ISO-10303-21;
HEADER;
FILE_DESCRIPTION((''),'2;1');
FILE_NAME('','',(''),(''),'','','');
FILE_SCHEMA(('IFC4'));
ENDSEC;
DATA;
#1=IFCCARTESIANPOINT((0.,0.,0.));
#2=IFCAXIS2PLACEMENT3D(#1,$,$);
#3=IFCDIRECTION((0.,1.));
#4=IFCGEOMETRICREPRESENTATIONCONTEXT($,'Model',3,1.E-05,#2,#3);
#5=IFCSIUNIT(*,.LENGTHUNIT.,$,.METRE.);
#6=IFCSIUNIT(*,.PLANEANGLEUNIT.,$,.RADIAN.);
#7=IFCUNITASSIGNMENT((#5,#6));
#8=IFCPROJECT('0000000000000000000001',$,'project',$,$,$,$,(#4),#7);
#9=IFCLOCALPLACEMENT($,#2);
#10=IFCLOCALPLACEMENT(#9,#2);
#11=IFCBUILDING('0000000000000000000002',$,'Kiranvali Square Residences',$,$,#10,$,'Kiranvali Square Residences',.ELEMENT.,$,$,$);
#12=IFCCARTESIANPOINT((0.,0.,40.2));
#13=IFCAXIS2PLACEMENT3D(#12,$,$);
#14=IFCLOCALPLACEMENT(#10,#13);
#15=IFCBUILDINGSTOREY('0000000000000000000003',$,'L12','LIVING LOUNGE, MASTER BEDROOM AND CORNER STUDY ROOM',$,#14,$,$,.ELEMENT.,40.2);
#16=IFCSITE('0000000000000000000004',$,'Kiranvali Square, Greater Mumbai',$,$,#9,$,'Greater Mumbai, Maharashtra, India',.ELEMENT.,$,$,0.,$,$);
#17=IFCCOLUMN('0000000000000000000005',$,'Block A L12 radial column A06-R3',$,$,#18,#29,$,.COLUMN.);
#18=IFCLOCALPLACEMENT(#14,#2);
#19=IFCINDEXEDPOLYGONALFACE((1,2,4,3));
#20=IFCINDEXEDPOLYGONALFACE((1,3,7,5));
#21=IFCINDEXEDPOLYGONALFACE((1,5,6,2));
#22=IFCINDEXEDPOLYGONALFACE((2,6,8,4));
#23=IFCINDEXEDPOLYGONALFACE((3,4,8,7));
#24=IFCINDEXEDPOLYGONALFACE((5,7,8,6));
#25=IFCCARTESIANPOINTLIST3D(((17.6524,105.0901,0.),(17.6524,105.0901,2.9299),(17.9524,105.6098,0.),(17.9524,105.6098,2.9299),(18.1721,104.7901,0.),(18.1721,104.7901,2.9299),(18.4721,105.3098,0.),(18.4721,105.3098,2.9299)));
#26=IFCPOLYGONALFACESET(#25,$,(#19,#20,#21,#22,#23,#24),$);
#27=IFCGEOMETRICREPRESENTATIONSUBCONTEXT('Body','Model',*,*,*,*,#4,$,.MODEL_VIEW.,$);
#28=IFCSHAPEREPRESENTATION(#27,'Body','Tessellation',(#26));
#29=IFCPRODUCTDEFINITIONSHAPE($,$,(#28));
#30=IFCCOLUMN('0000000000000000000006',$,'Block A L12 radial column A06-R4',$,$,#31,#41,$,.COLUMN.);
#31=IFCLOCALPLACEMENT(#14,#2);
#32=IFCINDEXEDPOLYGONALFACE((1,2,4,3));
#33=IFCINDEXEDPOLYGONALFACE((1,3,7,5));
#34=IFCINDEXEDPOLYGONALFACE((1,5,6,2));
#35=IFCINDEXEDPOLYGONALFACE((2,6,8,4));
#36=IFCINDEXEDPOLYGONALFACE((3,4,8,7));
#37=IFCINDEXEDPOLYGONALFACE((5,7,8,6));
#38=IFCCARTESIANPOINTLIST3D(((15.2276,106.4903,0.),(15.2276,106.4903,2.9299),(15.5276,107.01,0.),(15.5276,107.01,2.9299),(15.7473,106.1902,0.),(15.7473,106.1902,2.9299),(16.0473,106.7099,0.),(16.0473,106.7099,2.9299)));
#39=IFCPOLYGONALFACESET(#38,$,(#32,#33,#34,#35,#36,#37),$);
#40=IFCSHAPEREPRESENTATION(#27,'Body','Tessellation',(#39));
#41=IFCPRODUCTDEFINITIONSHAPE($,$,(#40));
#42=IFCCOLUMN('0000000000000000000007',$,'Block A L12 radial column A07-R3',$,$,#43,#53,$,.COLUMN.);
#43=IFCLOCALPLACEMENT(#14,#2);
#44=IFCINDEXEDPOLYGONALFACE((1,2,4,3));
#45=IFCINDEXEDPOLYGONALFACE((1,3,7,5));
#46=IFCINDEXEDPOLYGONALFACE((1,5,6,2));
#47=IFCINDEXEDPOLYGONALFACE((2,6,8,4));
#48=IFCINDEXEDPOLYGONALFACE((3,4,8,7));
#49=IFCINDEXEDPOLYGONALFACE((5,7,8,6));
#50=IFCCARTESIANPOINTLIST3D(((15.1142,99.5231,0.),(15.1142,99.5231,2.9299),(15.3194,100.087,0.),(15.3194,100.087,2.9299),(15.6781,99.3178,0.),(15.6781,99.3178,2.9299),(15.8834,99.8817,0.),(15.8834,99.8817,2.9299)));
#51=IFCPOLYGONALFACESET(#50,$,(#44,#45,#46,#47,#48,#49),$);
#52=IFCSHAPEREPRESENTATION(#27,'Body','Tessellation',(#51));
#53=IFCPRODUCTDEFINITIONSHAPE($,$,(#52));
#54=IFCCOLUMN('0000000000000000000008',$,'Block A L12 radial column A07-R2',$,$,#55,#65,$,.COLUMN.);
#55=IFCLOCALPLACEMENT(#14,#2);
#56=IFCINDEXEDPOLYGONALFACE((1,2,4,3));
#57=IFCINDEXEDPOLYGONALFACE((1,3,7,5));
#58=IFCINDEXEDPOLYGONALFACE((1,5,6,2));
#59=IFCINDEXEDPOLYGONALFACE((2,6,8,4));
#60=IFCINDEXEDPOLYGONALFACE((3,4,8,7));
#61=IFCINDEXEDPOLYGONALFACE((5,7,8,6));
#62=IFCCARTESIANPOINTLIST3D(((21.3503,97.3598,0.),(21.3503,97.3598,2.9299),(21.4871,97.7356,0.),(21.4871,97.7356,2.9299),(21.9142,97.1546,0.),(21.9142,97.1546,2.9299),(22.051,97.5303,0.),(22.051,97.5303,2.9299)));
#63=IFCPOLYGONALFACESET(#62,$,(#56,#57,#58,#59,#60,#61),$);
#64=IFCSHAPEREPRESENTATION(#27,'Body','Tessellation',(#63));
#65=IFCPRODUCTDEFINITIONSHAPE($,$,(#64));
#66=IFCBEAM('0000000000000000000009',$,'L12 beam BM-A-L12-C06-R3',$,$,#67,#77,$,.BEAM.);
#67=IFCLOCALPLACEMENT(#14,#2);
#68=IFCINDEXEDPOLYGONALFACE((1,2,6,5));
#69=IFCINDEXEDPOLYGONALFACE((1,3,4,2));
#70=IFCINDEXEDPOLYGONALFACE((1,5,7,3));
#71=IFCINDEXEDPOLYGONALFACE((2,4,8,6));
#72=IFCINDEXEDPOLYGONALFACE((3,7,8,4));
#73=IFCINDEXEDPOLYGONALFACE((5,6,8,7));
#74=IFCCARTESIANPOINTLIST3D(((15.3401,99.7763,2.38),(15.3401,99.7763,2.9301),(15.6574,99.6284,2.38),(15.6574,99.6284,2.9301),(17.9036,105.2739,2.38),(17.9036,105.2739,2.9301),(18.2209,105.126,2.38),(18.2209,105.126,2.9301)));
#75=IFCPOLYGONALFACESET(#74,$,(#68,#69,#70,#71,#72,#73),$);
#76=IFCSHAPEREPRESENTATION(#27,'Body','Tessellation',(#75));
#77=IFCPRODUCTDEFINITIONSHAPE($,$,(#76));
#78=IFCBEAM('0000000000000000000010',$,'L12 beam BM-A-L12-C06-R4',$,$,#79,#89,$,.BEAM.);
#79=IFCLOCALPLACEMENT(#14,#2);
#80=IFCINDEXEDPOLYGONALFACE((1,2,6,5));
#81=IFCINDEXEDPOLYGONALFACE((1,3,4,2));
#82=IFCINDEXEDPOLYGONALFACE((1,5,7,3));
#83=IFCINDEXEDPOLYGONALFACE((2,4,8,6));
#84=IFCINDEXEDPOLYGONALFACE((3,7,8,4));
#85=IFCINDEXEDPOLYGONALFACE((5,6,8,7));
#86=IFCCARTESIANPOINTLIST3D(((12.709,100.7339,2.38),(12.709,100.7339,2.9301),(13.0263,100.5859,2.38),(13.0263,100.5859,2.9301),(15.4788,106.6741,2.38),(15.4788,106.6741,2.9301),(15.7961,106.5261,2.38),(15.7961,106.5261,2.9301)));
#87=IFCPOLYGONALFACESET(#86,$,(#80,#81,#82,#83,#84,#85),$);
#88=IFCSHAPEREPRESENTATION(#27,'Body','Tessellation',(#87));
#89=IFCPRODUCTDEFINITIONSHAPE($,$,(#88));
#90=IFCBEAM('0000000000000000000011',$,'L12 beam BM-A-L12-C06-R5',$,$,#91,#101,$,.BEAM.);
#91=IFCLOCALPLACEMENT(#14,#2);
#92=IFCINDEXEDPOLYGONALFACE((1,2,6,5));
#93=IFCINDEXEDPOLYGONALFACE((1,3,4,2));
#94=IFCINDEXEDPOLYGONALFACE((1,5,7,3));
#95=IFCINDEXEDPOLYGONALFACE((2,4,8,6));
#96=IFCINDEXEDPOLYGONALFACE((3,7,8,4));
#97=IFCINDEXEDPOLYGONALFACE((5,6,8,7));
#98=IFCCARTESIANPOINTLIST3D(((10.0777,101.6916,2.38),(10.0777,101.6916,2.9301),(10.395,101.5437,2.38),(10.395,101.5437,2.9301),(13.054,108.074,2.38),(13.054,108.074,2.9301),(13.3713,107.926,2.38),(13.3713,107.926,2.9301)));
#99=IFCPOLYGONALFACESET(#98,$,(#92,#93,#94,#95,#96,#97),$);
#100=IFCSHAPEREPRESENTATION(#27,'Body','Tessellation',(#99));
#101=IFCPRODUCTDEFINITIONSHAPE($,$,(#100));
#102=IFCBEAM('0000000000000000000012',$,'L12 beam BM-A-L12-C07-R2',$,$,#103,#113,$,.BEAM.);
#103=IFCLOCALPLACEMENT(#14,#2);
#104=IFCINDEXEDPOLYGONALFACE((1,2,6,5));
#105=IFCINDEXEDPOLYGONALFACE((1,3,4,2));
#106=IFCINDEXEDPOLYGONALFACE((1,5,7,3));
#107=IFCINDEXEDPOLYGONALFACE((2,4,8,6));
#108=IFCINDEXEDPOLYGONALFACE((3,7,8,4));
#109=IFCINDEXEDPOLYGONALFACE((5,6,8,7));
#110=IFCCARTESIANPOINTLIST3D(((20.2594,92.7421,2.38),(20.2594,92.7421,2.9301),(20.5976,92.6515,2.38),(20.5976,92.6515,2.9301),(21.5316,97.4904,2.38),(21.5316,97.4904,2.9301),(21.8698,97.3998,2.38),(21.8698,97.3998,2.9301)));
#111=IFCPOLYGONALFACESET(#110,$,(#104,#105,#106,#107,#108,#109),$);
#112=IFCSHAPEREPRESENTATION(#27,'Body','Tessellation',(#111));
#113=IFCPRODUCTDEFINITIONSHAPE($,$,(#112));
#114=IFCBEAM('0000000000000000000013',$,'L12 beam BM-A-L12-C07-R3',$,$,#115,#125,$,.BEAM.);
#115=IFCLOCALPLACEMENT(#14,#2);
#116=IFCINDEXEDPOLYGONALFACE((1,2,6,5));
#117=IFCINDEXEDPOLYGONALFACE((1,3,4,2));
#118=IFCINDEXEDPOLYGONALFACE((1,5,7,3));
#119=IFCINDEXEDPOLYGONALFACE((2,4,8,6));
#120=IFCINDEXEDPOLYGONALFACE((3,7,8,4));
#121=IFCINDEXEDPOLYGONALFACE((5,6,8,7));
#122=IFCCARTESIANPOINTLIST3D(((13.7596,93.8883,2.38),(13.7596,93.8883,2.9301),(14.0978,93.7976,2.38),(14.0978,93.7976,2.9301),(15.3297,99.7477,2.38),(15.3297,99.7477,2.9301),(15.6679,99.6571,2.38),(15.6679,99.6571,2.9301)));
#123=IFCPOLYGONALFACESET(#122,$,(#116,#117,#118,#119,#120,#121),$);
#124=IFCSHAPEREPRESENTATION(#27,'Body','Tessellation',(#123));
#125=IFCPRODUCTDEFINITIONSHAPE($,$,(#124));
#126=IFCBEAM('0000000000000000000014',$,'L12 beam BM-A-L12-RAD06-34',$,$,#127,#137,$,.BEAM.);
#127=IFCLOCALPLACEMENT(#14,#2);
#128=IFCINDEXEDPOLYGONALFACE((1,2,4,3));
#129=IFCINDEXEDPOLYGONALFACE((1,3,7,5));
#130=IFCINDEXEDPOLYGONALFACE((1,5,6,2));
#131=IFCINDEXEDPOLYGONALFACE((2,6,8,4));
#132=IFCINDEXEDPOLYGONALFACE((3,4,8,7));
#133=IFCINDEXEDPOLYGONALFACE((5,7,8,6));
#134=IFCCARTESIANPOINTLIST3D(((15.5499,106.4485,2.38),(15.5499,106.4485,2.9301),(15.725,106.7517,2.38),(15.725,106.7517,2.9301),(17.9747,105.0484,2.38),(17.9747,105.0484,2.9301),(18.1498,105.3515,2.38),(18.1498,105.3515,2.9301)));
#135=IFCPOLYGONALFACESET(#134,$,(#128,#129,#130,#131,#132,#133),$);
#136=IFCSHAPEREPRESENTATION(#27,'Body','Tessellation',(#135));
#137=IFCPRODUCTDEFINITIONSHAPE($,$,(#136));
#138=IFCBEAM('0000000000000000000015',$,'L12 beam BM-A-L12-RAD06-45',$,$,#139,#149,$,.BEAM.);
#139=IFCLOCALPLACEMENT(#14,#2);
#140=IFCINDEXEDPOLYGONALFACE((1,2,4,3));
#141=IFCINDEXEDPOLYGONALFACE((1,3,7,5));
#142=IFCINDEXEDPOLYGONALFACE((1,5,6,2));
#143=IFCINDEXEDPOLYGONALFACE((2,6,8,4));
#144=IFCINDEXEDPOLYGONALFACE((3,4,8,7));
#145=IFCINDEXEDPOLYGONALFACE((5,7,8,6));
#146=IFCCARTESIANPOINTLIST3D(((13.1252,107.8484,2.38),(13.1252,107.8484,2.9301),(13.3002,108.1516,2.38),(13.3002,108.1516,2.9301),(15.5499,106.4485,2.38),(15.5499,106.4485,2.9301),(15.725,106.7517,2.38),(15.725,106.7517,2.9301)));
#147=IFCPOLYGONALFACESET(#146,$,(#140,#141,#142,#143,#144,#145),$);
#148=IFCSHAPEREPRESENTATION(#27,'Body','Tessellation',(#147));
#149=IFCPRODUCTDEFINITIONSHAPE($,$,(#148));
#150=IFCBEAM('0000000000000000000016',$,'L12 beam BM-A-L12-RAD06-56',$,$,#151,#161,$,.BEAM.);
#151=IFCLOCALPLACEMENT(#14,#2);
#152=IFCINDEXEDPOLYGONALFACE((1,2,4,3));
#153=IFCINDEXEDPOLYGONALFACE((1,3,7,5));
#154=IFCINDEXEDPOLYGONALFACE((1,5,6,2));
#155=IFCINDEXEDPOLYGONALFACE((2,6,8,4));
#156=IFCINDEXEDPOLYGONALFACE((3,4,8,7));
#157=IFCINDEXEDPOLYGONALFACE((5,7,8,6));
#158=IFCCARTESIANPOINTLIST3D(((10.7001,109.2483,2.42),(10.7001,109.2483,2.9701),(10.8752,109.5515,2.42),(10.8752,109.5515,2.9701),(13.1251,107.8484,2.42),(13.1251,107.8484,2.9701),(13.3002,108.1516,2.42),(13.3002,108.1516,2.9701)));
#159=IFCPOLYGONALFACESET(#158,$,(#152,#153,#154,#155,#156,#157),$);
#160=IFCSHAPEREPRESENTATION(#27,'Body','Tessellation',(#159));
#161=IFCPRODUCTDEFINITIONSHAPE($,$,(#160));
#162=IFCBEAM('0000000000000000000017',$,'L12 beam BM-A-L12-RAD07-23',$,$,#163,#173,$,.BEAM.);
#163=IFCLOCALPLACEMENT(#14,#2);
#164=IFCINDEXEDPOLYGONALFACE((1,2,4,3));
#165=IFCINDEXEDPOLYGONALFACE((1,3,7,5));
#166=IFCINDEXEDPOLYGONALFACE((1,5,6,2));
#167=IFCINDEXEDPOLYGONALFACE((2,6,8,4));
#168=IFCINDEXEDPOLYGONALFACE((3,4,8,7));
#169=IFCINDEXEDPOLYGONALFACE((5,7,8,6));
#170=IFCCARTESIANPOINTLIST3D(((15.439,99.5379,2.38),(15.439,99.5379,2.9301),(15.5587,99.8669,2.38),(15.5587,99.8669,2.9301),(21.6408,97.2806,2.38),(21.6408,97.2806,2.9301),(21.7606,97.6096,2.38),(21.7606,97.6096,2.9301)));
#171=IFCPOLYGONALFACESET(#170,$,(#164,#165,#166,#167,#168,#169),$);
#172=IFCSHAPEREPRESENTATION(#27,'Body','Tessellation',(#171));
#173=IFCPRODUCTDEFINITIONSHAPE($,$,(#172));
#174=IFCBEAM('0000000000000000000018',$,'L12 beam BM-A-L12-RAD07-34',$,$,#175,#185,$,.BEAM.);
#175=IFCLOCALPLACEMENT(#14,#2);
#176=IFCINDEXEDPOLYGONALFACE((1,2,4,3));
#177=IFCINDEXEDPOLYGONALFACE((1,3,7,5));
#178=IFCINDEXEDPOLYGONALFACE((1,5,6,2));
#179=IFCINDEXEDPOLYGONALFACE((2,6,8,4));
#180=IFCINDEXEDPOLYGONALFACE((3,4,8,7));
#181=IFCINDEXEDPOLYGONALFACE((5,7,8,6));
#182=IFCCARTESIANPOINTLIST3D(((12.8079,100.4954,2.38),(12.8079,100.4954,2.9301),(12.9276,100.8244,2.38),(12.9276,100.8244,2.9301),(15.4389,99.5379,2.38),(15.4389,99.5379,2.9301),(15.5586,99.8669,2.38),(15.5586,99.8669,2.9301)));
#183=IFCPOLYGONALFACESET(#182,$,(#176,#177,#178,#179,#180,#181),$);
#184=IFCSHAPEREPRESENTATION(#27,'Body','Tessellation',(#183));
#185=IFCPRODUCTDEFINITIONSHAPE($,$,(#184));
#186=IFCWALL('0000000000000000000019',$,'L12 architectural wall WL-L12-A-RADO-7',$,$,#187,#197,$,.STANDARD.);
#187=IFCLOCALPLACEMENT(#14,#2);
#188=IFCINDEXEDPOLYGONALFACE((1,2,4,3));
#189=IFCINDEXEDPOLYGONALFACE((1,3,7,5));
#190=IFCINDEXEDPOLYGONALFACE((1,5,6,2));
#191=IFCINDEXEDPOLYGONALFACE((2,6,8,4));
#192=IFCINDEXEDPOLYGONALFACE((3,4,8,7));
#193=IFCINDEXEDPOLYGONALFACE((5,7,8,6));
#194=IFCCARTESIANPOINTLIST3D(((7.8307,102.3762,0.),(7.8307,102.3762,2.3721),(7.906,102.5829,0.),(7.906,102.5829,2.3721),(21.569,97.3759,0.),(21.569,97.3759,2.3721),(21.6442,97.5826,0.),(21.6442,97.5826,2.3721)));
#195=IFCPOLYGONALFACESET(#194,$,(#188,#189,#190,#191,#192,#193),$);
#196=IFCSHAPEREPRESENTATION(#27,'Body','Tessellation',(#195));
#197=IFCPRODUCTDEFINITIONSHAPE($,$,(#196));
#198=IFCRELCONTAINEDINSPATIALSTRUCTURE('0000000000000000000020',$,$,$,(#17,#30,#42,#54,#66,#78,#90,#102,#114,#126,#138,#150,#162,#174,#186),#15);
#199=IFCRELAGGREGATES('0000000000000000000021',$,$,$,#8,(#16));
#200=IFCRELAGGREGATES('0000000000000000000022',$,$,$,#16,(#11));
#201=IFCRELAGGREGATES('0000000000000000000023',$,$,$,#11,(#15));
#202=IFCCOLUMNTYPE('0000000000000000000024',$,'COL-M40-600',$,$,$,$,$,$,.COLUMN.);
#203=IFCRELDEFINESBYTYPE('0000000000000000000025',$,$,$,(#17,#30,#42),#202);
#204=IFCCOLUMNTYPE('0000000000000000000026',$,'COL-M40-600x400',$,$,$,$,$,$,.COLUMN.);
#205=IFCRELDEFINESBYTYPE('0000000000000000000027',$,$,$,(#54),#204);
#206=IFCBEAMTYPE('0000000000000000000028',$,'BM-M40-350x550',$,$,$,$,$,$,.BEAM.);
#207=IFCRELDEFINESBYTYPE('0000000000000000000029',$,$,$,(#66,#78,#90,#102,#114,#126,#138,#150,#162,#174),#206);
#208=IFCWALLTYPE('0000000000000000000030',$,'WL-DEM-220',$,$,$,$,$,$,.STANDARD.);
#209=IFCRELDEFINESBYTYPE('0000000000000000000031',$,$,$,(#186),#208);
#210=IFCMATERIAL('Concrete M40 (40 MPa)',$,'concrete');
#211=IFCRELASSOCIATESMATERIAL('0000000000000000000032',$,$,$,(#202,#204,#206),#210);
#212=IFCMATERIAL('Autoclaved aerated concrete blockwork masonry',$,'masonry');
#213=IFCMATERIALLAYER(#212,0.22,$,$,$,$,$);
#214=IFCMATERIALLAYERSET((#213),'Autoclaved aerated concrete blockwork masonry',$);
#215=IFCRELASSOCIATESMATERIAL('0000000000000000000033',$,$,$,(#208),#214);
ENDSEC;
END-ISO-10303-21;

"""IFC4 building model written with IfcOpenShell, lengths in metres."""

from ifc_helpers import new_model, si_unit, direction, frame, frame_2d, origin, origin_2d, place, context, subcontext, project, spatial, rectangle, extrude, material, layer, layer_set, material_profile, profile_set, type_object, element, save


model = new_model("IFC4")

# Units and contexts
model_context = context("Model", 3, precision=1e-05, world=origin(), true_north=direction((0.0, 1.0)))
body_context = subcontext(model_context, "Body", "Model", "MODEL_VIEW")
ifc_project = project(units=[si_unit("LENGTHUNIT", "METRE"), si_unit("PLANEANGLEUNIT", "RADIAN")], contexts=[model_context])

# Site, building, storey
site_placement = place(None, origin())
site = spatial("IfcSite", under=ifc_project, at=site_placement, Name="Kiranvali Square, Greater Mumbai", LongName="Greater Mumbai, Maharashtra, India", CompositionType="ELEMENT", RefElevation=0.0)
building_placement = place(site_placement, origin())
building = spatial("IfcBuilding", under=site, at=building_placement, Name="Kiranvali Square Residences", LongName="Kiranvali Square Residences", CompositionType="ELEMENT")
storey_placement = place(building_placement, frame((0.0, 0.0, 40.2)))
storey = spatial("IfcBuildingStorey", under=building, at=storey_placement, Name="L12", Description="LIVING LOUNGE, MASTER BEDROOM AND CORNER STUDY ROOM", CompositionType="ELEMENT", Elevation=40.2)

# Columns
ifc_material_1 = material(Name="Concrete M40 (40 MPa)", Category="concrete")
ifc_material_profile_1 = material_profile(ifc_material_1, rectangle(XDim=0.6001, YDim=0.6001, at=origin_2d()), Name="RC 600x600")
ifc_profile_set_1 = profile_set([ifc_material_profile_1], Name="Concrete M40 (40 MPa)")
column_type_1 = type_object("IfcColumnType", Name="COL-M40-600", PredefinedType="COLUMN", material=ifc_profile_set_1)
for number, where, z_axis, x_axis, name in (
    (1, (18.0623, 105.2, 0.0), (0.0, 0.0, 1.0), (0.5, 0.866025, 0.0), "Block A L12 radial column A06-R3"),
    (2, (15.6375, 106.6001, 0.0), (0.0, 0.0, 1.0), (0.5, 0.866025, 0.0), "Block A L12 radial column A06-R4"),
    (3, (15.4988, 99.7024, 0.0), (0.0, 0.0, 1.0), (0.34202, 0.939693, 0.0), "Block A L12 radial column A07-R3"),
):
    element("IfcColumn", number, at=place(storey_placement, frame(where, z_axis=z_axis, x_axis=x_axis)), inside=storey, type_object=column_type_1, Name=name, PredefinedType="COLUMN", context=body_context, shape_type="SweptSolid", body=[
        extrude(rectangle(XDim=0.6001, YDim=0.6001, at=origin_2d()), origin(), (0.0, 0.0, 1.0), 2.9299),
    ])
ifc_material_profile_2 = material_profile(ifc_material_1, rectangle(XDim=0.3999, YDim=0.6001, at=origin_2d()), Name="RC 600x400")
ifc_profile_set_2 = profile_set([ifc_material_profile_2], Name="Concrete M40 (40 MPa)")
column_type_2 = type_object("IfcColumnType", Name="COL-M40-600x400", PredefinedType="COLUMN", material=ifc_profile_set_2)
column_placement = place(storey_placement, frame((21.7007, 97.4451, 0.0), z_axis=(0.0, 0.0, 1.0), x_axis=(0.34202, 0.939693, 0.0)))
element("IfcColumn", 4, at=column_placement, inside=storey, type_object=column_type_2, Name="Block A L12 radial column A07-R2", PredefinedType="COLUMN", context=body_context, shape_type="SweptSolid", body=[
    extrude(rectangle(XDim=0.3999, YDim=0.6001, at=origin_2d()), origin(), (0.0, 0.0, 1.0), 2.9299),
])

# Beams
ifc_material_profile_3 = material_profile(ifc_material_1, rectangle(XDim=0.3501, YDim=0.55, at=origin_2d()), Name="RC 350x550")
ifc_profile_set_3 = profile_set([ifc_material_profile_3], Name="Concrete M40 (40 MPa)")
beam_type = type_object("IfcBeamType", Name="BM-M40-350x550", PredefinedType="BEAM", material=ifc_profile_set_3)
beam_1_placement = place(storey_placement, frame((18.0623, 105.2, 2.655), z_axis=(-0.422608, -0.906313, 0.0), x_axis=(0.906313, -0.422608, 0.0)))
element("IfcBeam", 5, at=beam_1_placement, inside=storey, type_object=beam_type, Name="L12 beam BM-A-L12-C06-R3", PredefinedType="BEAM", context=body_context, shape_type="SweptSolid", body=[
    extrude(rectangle(XDim=0.3501, YDim=0.55, at=origin_2d()), origin(), (0.0, 0.0, 1.0), 6.0659),
])
beam_2_placement = place(storey_placement, frame((15.6375, 106.6001, 2.655), z_axis=(-0.422596, -0.906318, 0.0), x_axis=(0.906318, -0.422596, 0.0)))
element("IfcBeam", 6, at=beam_2_placement, inside=storey, type_object=beam_type, Name="L12 beam BM-A-L12-C06-R4", PredefinedType="BEAM", context=body_context, shape_type="SweptSolid", body=[
    extrude(rectangle(XDim=0.3501, YDim=0.55, at=origin_2d()), origin(), (0.0, 0.0, 1.0), 6.5542),
])
beam_3_placement = place(storey_placement, frame((13.2126, 108.0, 2.655), z_axis=(-0.422641, -0.906297, 0.0), x_axis=(0.906297, -0.422641, 0.0)))
element("IfcBeam", 7, at=beam_3_placement, inside=storey, type_object=beam_type, Name="L12 beam BM-A-L12-C06-R5", PredefinedType="BEAM", context=body_context, shape_type="SweptSolid", body=[
    extrude(rectangle(XDim=0.3501, YDim=0.55, at=origin_2d()), origin(), (0.0, 0.0, 1.0), 7.0422),
])
beam_4_placement = place(storey_placement, frame((21.7007, 97.4451, 2.655), z_axis=(-0.258803, -0.96593, 0.0), x_axis=(0.96593, -0.258803, 0.0)))
element("IfcBeam", 8, at=beam_4_placement, inside=storey, type_object=beam_type, Name="L12 beam BM-A-L12-C07-R2", PredefinedType="BEAM", context=body_context, shape_type="SweptSolid", body=[
    extrude(rectangle(XDim=0.3501, YDim=0.55, at=origin_2d()), origin(), (0.0, 0.0, 1.0), 4.9158),
])
beam_5_placement = place(storey_placement, frame((15.4988, 99.7024, 2.655), z_axis=(-0.258827, -0.965924, 0.0), x_axis=(0.965924, -0.258827, 0.0)))
element("IfcBeam", 9, at=beam_5_placement, inside=storey, type_object=beam_type, Name="L12 beam BM-A-L12-C07-R3", PredefinedType="BEAM", context=body_context, shape_type="SweptSolid", body=[
    extrude(rectangle(XDim=0.3501, YDim=0.55, at=origin_2d()), origin(), (0.0, 0.0, 1.0), 6.0662),
])
beam_6_placement = place(storey_placement, frame((18.0623, 105.2, 2.655), z_axis=(-0.865997, 0.50005, 0.0), x_axis=(-0.50005, -0.865997, 0.0)))
element("IfcBeam", 10, at=beam_6_placement, inside=storey, type_object=beam_type, Name="L12 beam BM-A-L12-RAD06-34", PredefinedType="BEAM", context=body_context, shape_type="SweptSolid", body=[
    extrude(rectangle(XDim=0.3501, YDim=0.55, at=origin_2d()), origin(), (0.0, 0.0, 1.0), 2.8),
])
beam_7_placement = place(storey_placement, frame((15.6375, 106.6001, 2.655), z_axis=(-0.866035, 0.499984, 0.0), x_axis=(-0.499984, -0.866035, 0.0)))
element("IfcBeam", 11, at=beam_7_placement, inside=storey, type_object=beam_type, Name="L12 beam BM-A-L12-RAD06-45", PredefinedType="BEAM", context=body_context, shape_type="SweptSolid", body=[
    extrude(rectangle(XDim=0.3501, YDim=0.55, at=origin_2d()), origin(), (0.0, 0.0, 1.0), 2.7998),
])
beam_8_placement = place(storey_placement, frame((13.2126, 108.0, 2.6951), z_axis=(-0.866056, 0.499946, 0.0), x_axis=(-0.499946, -0.866056, 0.0)))
element("IfcBeam", 12, at=beam_8_placement, inside=storey, type_object=beam_type, Name="L12 beam BM-A-L12-RAD06-56", PredefinedType="BEAM", context=body_context, shape_type="SweptSolid", body=[
    extrude(rectangle(XDim=0.3501, YDim=0.55, at=origin_2d()), origin(), (0.0, 0.0, 1.0), 2.8),
])
beam_9_placement = place(storey_placement, frame((21.7007, 97.4451, 2.655), z_axis=(-0.939692, 0.342022, 0.0), x_axis=(-0.342022, -0.939692, 0.0)))
element("IfcBeam", 13, at=beam_9_placement, inside=storey, type_object=beam_type, Name="L12 beam BM-A-L12-RAD07-23", PredefinedType="BEAM", context=body_context, shape_type="SweptSolid", body=[
    extrude(rectangle(XDim=0.3501, YDim=0.55, at=origin_2d()), origin(), (0.0, 0.0, 1.0), 6.5999),
])
beam_10_placement = place(storey_placement, frame((15.4988, 99.7024, 2.655), z_axis=(-0.939707, 0.341981, 0.0), x_axis=(-0.341981, -0.939707, 0.0)))
element("IfcBeam", 14, at=beam_10_placement, inside=storey, type_object=beam_type, Name="L12 beam BM-A-L12-RAD07-34", PredefinedType="BEAM", context=body_context, shape_type="SweptSolid", body=[
    extrude(rectangle(XDim=0.3501, YDim=0.55, at=origin_2d()), origin(), (0.0, 0.0, 1.0), 2.7998),
])

# Shared definitions
ifc_material_2 = material(Name="Autoclaved aerated concrete blockwork masonry", Category="masonry")

# Wall
ifc_layer_1 = layer(ifc_material_2, 0.22)
ifc_layer_set_1 = layer_set([ifc_layer_1], Name="Autoclaved aerated concrete blockwork masonry")
wall_type_1 = type_object("IfcWallType", Name="WL-DEM-220", PredefinedType="STANDARD", material=ifc_layer_set_1)
wall_1_placement = place(storey_placement, frame((21.6067, 97.4792, 0.0), z_axis=(0.0, 0.0, 1.0), x_axis=(-0.939694, 0.342015, 0.0)))
element("IfcWall", 15, at=wall_1_placement, inside=storey, type_object=wall_type_1, Name="L12 architectural wall WL-L12-A-RADO-7", PredefinedType="STANDARD", context=body_context, shape_type="SweptSolid", body=[
    extrude(rectangle(XDim=14.6199, YDim=0.22, at=frame_2d((7.3101, 0.0))), origin(), (0.0, 0.0, 1.0), 2.3721),
])

save(model, "model.ifc")
